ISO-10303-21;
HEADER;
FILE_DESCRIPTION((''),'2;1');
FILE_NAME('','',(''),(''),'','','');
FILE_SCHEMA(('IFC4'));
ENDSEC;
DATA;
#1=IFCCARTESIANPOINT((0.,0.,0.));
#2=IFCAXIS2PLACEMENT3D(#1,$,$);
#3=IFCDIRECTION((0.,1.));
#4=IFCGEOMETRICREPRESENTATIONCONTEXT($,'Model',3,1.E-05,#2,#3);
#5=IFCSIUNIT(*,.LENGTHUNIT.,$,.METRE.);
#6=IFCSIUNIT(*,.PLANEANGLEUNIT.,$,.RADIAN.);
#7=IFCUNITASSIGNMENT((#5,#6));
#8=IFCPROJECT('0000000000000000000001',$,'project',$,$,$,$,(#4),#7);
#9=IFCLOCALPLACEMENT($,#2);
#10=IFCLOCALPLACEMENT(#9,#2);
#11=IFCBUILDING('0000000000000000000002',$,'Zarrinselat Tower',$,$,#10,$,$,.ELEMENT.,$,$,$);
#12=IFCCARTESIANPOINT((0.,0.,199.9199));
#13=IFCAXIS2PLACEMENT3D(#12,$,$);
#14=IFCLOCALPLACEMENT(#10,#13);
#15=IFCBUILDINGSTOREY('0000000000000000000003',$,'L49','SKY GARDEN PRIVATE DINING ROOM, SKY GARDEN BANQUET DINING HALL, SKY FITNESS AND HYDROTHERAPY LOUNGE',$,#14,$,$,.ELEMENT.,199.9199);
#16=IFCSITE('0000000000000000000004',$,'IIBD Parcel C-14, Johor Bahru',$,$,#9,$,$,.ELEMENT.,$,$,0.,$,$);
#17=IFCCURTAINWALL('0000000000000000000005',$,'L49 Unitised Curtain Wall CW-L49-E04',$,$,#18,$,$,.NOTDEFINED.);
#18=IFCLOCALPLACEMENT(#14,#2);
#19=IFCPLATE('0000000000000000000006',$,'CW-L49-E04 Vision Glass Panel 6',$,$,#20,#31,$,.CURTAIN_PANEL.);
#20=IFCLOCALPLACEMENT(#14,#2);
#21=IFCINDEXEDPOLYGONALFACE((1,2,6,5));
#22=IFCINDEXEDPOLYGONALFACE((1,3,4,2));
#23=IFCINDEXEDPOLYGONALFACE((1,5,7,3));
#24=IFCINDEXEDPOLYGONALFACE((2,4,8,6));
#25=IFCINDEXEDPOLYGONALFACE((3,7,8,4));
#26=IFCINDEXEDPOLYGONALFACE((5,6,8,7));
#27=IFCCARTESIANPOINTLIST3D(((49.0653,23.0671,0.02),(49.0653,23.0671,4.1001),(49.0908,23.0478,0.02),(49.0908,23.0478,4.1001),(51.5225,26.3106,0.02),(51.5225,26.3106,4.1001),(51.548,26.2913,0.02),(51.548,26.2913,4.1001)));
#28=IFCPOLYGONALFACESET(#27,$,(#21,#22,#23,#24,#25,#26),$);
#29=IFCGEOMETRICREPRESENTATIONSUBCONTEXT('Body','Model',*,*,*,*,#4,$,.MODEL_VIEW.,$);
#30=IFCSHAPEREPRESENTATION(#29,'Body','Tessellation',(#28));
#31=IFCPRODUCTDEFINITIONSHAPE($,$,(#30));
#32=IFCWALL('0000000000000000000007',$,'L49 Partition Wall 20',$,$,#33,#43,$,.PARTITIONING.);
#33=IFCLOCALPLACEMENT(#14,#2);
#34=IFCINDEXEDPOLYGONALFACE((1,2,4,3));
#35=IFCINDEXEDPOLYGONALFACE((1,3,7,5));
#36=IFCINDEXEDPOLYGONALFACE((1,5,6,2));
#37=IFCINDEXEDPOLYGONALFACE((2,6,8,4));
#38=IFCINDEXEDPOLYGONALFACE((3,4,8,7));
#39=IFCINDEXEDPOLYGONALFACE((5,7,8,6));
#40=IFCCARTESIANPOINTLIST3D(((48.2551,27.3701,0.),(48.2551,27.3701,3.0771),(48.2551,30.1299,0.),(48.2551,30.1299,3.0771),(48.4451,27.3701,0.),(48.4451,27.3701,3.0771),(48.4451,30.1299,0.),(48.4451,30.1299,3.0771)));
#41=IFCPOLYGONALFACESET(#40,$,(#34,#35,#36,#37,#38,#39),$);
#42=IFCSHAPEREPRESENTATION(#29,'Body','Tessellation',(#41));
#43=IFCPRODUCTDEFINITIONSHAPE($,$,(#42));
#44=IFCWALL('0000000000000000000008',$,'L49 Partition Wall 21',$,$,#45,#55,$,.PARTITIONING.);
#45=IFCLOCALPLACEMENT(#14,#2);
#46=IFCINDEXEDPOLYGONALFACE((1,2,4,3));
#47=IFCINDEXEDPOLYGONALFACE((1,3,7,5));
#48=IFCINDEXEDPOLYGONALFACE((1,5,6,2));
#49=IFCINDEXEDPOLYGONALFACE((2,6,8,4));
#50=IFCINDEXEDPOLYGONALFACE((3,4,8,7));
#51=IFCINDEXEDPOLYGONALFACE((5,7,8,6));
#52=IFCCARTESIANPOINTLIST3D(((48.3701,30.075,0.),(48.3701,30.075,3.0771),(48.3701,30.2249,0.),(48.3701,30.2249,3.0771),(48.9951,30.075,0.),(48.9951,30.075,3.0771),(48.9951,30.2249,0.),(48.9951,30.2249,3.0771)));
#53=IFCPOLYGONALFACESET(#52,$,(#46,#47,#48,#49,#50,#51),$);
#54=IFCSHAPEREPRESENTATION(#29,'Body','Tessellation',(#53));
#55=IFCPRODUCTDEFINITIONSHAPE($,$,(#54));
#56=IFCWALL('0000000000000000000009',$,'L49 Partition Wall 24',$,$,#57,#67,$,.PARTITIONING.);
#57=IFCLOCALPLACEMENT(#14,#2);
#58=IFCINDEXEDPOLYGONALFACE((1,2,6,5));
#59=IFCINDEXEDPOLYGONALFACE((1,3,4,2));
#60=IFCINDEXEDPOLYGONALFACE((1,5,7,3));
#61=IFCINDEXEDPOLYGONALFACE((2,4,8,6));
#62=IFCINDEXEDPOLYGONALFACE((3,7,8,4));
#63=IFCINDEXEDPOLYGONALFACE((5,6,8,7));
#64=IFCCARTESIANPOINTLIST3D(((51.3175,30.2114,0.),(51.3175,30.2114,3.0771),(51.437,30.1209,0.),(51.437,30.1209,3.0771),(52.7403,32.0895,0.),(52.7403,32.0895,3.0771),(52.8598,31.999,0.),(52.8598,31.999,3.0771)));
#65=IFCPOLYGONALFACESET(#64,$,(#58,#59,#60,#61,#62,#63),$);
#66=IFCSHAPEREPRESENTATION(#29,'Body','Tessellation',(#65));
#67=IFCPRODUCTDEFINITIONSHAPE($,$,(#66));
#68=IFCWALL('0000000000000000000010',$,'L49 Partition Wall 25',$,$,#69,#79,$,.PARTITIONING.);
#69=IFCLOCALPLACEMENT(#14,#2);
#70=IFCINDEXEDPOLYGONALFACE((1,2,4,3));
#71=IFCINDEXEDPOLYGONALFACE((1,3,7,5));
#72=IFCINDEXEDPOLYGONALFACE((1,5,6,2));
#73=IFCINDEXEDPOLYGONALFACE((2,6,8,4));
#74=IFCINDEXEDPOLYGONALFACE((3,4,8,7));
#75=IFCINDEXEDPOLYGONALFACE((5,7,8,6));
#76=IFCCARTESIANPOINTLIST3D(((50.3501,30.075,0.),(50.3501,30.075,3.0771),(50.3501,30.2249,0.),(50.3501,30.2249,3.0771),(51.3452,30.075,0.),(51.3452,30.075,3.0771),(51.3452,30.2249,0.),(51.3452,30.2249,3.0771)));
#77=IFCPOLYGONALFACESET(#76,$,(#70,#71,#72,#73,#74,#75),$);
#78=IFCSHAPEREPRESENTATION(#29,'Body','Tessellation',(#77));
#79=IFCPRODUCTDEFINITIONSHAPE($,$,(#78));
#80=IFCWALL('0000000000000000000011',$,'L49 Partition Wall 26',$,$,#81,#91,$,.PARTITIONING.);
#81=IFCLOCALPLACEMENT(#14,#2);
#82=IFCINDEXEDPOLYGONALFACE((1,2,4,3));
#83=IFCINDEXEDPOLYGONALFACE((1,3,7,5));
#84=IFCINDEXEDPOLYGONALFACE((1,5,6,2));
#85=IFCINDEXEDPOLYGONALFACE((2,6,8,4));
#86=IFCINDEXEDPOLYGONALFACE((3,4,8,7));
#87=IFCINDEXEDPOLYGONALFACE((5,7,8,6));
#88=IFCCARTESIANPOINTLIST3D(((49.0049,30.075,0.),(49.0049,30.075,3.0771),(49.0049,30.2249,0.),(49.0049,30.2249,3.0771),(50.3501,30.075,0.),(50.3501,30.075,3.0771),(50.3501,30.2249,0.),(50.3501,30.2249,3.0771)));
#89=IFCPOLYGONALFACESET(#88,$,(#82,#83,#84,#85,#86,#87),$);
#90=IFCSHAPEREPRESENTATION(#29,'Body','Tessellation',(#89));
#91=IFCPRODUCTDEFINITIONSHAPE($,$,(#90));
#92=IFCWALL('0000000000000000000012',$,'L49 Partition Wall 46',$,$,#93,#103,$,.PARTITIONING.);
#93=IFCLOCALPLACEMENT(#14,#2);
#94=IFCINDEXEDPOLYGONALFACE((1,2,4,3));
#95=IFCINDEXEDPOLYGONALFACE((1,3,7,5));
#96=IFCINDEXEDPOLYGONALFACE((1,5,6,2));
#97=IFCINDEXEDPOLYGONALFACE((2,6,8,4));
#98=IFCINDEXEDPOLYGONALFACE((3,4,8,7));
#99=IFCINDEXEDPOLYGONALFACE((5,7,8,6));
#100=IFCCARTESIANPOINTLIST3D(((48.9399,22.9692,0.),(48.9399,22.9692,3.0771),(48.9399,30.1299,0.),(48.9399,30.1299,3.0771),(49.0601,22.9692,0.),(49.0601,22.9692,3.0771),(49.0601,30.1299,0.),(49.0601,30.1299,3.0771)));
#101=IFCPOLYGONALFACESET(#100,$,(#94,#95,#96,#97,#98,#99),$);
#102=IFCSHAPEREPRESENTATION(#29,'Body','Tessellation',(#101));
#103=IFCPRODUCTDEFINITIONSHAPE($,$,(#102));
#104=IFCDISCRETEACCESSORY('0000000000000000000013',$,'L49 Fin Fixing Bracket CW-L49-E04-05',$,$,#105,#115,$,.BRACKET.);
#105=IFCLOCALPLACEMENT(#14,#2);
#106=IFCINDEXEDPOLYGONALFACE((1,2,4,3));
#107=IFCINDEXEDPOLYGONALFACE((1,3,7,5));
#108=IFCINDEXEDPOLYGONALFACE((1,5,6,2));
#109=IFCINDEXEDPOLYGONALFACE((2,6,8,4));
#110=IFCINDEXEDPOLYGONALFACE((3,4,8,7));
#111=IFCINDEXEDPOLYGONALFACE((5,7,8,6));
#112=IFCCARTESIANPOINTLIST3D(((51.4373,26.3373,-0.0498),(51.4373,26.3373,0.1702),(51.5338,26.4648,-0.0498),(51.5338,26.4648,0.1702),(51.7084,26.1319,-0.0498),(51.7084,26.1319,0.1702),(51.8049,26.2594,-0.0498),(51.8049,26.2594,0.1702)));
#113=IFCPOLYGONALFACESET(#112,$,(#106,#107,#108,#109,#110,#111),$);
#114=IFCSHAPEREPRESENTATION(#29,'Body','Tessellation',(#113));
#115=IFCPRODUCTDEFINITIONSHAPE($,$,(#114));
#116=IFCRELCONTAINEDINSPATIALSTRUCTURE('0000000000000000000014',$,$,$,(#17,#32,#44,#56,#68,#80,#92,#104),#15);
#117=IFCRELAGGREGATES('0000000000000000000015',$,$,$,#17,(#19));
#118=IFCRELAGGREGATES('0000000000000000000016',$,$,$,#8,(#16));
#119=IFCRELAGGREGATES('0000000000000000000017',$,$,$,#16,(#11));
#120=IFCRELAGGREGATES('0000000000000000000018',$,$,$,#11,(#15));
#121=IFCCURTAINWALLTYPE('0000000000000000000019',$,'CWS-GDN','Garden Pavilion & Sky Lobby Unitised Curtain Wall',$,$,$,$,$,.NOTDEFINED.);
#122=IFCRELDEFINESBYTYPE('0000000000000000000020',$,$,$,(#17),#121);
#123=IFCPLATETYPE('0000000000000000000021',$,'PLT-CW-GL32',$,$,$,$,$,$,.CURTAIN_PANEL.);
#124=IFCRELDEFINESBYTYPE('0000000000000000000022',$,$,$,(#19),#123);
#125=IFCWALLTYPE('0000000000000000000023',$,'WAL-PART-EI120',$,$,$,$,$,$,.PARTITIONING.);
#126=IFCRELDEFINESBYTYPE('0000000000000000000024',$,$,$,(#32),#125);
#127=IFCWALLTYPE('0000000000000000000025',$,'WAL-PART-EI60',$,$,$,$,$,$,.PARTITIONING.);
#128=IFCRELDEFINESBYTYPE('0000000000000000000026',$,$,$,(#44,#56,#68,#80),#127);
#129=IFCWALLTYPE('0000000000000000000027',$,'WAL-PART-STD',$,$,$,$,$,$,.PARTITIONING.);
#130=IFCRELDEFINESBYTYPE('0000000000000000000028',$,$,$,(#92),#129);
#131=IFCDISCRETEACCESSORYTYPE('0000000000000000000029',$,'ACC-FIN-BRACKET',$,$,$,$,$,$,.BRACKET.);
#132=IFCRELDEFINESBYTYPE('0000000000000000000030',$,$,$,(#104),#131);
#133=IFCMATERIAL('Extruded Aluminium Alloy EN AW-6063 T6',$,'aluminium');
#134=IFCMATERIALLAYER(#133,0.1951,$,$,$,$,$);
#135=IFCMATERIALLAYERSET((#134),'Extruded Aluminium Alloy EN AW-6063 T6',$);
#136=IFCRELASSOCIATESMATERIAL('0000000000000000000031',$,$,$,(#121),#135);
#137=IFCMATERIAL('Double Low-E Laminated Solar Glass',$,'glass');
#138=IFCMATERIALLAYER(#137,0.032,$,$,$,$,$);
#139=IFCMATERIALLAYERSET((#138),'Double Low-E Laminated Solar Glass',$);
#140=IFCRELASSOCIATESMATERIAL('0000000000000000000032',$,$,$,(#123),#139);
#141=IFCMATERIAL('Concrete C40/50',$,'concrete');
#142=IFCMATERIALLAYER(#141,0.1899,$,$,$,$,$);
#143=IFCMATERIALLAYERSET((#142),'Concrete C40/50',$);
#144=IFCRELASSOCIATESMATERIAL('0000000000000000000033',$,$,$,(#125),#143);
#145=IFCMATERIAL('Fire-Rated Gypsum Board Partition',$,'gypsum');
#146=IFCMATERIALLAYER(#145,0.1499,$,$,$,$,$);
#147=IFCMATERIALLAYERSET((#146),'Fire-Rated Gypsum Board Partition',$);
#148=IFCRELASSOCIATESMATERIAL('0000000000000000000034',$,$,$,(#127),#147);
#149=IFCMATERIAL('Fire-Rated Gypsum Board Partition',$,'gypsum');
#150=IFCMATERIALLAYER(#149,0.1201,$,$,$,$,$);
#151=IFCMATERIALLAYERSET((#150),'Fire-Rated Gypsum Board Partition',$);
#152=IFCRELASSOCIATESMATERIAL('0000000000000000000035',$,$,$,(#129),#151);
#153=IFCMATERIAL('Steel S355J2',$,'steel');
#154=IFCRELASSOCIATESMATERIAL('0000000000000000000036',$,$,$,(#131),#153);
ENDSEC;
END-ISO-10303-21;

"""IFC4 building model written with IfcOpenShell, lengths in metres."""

from ifc_helpers import new_model, si_unit, direction, frame, frame_2d, origin, origin_2d, place, context, subcontext, project, spatial, rectangle, extrude, material, layer, layer_set, type_object, element, aggregate, save


model = new_model("IFC4")

# Units and contexts
model_context = context("Model", 3, precision=1e-05, world=origin(), true_north=direction((0.0, 1.0)))
body_context = subcontext(model_context, "Body", "Model", "MODEL_VIEW")
ifc_project = project(units=[si_unit("LENGTHUNIT", "METRE"), si_unit("PLANEANGLEUNIT", "RADIAN")], contexts=[model_context])

# Site, building, storey
site_placement = place(None, origin())
site = spatial("IfcSite", under=ifc_project, at=site_placement, Name="IIBD Parcel C-14, Johor Bahru", CompositionType="ELEMENT", RefElevation=0.0)
building_placement = place(site_placement, origin())
building = spatial("IfcBuilding", under=site, at=building_placement, Name="Zarrinselat Tower", CompositionType="ELEMENT")
storey_placement = place(building_placement, frame((0.0, 0.0, 199.9199)))
storey = spatial("IfcBuildingStorey", under=building, at=storey_placement, Name="L49", Description="SKY GARDEN PRIVATE DINING ROOM, SKY GARDEN BANQUET DINING HALL, SKY FITNESS AND HYDROTHERAPY LOUNGE", CompositionType="ELEMENT", Elevation=199.9199)

# Curtain wall, plate
ifc_material_1 = material(Name="Extruded Aluminium Alloy EN AW-6063 T6", Category="aluminium")
ifc_layer_1 = layer(ifc_material_1, 0.1951)
ifc_layer_set_1 = layer_set([ifc_layer_1], Name="Extruded Aluminium Alloy EN AW-6063 T6")
curtain_wall_type = type_object("IfcCurtainWallType", Name="CWS-GDN", Description="Garden Pavilion & Sky Lobby Unitised Curtain Wall", PredefinedType="NOTDEFINED", material=ifc_layer_set_1)
curtain_wall_placement = place(storey_placement, origin())
curtain_wall = element("IfcCurtainWall", 1, at=curtain_wall_placement, inside=storey, type_object=curtain_wall_type, Name="L49 Unitised Curtain Wall CW-L49-E04", PredefinedType="NOTDEFINED")
ifc_material_2 = material(Name="Double Low-E Laminated Solar Glass", Category="glass")
ifc_layer_2 = layer(ifc_material_2, 0.032)
ifc_layer_set_2 = layer_set([ifc_layer_2], Name="Double Low-E Laminated Solar Glass")
plate_type = type_object("IfcPlateType", Name="PLT-CW-GL32", PredefinedType="CURTAIN_PANEL", material=ifc_layer_set_2)
plate_1_placement = place(storey_placement, frame((50.3066, 24.6792, 0.02), z_axis=(0.0, 0.0, 1.0), x_axis=(-0.603858, -0.797092, 0.0)))
plate_1 = element("IfcPlate", 2, at=plate_1_placement, type_object=plate_type, Name="CW-L49-E04 Vision Glass Panel 6", PredefinedType="CURTAIN_PANEL", context=body_context, shape_type="SweptSolid", body=[
    extrude(rectangle(XDim=4.0691, YDim=0.032, at=origin_2d()), origin(), (0.0, 0.0, 1.0), 4.0801),
])
aggregate(curtain_wall, [plate_1])

# Walls
ifc_material_3 = material(Name="Concrete C40/50", Category="concrete")
ifc_layer_3 = layer(ifc_material_3, 0.1899)
ifc_layer_set_3 = layer_set([ifc_layer_3], Name="Concrete C40/50")
wall_type_1 = type_object("IfcWallType", Name="WAL-PART-EI120", PredefinedType="PARTITIONING", material=ifc_layer_set_3)
wall_1_placement = place(storey_placement, frame((48.3501, 27.3701, 0.0), z_axis=(0.0, 0.0, 1.0), x_axis=(0.0, 1.0, 0.0)))
element("IfcWall", 3, at=wall_1_placement, inside=storey, type_object=wall_type_1, Name="L49 Partition Wall 20", PredefinedType="PARTITIONING", context=body_context, shape_type="SweptSolid", body=[
    extrude(rectangle(XDim=2.7598, YDim=0.1899, at=frame_2d((1.3799, 0.0))), origin(), (0.0, 0.0, 1.0), 3.0771),
])
ifc_material_4 = material(Name="Fire-Rated Gypsum Board Partition", Category="gypsum")
ifc_layer_4 = layer(ifc_material_4, 0.1499)
ifc_layer_set_4 = layer_set([ifc_layer_4], Name="Fire-Rated Gypsum Board Partition")
wall_type_2 = type_object("IfcWallType", Name="WAL-PART-EI60", PredefinedType="PARTITIONING", material=ifc_layer_set_4)
wall_2_placement = place(storey_placement, frame((48.3701, 30.1499, 0.0), z_axis=(0.0, 0.0, 1.0), x_axis=(1.0, 0.0, 0.0)))
element("IfcWall", 4, at=wall_2_placement, inside=storey, type_object=wall_type_2, Name="L49 Partition Wall 21", PredefinedType="PARTITIONING", context=body_context, shape_type="SweptSolid", body=[
    extrude(rectangle(XDim=0.625, YDim=0.1499, at=frame_2d((0.3125, 0.0))), origin(), (0.0, 0.0, 1.0), 3.0771),
])
wall_3_placement = place(storey_placement, frame((51.3772, 30.166, 0.0), z_axis=(0.0, 0.0, 1.0), x_axis=(0.603856, 0.797094, 0.0)))
element("IfcWall", 5, at=wall_3_placement, inside=storey, type_object=wall_type_2, Name="L49 Partition Wall 24", PredefinedType="PARTITIONING", context=body_context, shape_type="SweptSolid", body=[
    extrude(rectangle(XDim=2.3562, YDim=0.1499, at=frame_2d((1.1782, 0.0))), origin(), (0.0, 0.0, 1.0), 3.0771),
])
wall_4_placement = place(storey_placement, frame((50.3501, 30.1499, 0.0), z_axis=(0.0, 0.0, 1.0), x_axis=(1.0, 0.0, 0.0)))
element("IfcWall", 6, at=wall_4_placement, inside=storey, type_object=wall_type_2, Name="L49 Partition Wall 25", PredefinedType="PARTITIONING", context=body_context, shape_type="SweptSolid", body=[
    extrude(rectangle(XDim=0.9951, YDim=0.1499, at=frame_2d((0.4976, 0.0))), origin(), (0.0, 0.0, 1.0), 3.0771),
])
wall_5_placement = place(storey_placement, frame((49.0049, 30.1499, 0.0), z_axis=(0.0, 0.0, 1.0), x_axis=(1.0, 0.0, 0.0)))
element("IfcWall", 7, at=wall_5_placement, inside=storey, type_object=wall_type_2, Name="L49 Partition Wall 26", PredefinedType="PARTITIONING", context=body_context, shape_type="SweptSolid", body=[
    extrude(rectangle(XDim=1.3452, YDim=0.1499, at=frame_2d((0.6726, 0.0))), origin(), (0.0, 0.0, 1.0), 3.0771),
])
ifc_material_5 = material(Name="Fire-Rated Gypsum Board Partition", Category="gypsum")
ifc_layer_5 = layer(ifc_material_5, 0.1201)
ifc_layer_set_5 = layer_set([ifc_layer_5], Name="Fire-Rated Gypsum Board Partition")
wall_type_3 = type_object("IfcWallType", Name="WAL-PART-STD", PredefinedType="PARTITIONING", material=ifc_layer_set_5)
wall_6_placement = place(storey_placement, frame((49.0, 22.9692, 0.0), z_axis=(0.0, 0.0, 1.0), x_axis=(0.0, 1.0, 0.0)))
element("IfcWall", 8, at=wall_6_placement, inside=storey, type_object=wall_type_3, Name="L49 Partition Wall 46", PredefinedType="PARTITIONING", context=body_context, shape_type="SweptSolid", body=[
    extrude(rectangle(XDim=7.1606, YDim=0.1201, at=frame_2d((3.5803, 0.0))), origin(), (0.0, 0.0, 1.0), 3.0771),
])

# Discrete accessory
ifc_material_6 = material(Name="Steel S355J2", Category="steel")
discrete_accessory_type = type_object("IfcDiscreteAccessoryType", Name="ACC-FIN-BRACKET", PredefinedType="BRACKET", material=ifc_material_6)
discrete_accessory_placement = place(storey_placement, frame((51.6211, 26.2983, -0.0498), z_axis=(0.0, 0.0, 1.0), x_axis=(0.797092, -0.603858, 0.0)))
element("IfcDiscreteAccessory", 9, at=discrete_accessory_placement, inside=storey, type_object=discrete_accessory_type, Name="L49 Fin Fixing Bracket CW-L49-E04-05", PredefinedType="BRACKET", context=body_context, shape_type="SweptSolid", body=[
    extrude(rectangle(XDim=0.3401, YDim=0.1599, at=origin_2d()), origin(), (0.0, 0.0, 1.0), 0.22),
])

save(model, "model.ifc")
